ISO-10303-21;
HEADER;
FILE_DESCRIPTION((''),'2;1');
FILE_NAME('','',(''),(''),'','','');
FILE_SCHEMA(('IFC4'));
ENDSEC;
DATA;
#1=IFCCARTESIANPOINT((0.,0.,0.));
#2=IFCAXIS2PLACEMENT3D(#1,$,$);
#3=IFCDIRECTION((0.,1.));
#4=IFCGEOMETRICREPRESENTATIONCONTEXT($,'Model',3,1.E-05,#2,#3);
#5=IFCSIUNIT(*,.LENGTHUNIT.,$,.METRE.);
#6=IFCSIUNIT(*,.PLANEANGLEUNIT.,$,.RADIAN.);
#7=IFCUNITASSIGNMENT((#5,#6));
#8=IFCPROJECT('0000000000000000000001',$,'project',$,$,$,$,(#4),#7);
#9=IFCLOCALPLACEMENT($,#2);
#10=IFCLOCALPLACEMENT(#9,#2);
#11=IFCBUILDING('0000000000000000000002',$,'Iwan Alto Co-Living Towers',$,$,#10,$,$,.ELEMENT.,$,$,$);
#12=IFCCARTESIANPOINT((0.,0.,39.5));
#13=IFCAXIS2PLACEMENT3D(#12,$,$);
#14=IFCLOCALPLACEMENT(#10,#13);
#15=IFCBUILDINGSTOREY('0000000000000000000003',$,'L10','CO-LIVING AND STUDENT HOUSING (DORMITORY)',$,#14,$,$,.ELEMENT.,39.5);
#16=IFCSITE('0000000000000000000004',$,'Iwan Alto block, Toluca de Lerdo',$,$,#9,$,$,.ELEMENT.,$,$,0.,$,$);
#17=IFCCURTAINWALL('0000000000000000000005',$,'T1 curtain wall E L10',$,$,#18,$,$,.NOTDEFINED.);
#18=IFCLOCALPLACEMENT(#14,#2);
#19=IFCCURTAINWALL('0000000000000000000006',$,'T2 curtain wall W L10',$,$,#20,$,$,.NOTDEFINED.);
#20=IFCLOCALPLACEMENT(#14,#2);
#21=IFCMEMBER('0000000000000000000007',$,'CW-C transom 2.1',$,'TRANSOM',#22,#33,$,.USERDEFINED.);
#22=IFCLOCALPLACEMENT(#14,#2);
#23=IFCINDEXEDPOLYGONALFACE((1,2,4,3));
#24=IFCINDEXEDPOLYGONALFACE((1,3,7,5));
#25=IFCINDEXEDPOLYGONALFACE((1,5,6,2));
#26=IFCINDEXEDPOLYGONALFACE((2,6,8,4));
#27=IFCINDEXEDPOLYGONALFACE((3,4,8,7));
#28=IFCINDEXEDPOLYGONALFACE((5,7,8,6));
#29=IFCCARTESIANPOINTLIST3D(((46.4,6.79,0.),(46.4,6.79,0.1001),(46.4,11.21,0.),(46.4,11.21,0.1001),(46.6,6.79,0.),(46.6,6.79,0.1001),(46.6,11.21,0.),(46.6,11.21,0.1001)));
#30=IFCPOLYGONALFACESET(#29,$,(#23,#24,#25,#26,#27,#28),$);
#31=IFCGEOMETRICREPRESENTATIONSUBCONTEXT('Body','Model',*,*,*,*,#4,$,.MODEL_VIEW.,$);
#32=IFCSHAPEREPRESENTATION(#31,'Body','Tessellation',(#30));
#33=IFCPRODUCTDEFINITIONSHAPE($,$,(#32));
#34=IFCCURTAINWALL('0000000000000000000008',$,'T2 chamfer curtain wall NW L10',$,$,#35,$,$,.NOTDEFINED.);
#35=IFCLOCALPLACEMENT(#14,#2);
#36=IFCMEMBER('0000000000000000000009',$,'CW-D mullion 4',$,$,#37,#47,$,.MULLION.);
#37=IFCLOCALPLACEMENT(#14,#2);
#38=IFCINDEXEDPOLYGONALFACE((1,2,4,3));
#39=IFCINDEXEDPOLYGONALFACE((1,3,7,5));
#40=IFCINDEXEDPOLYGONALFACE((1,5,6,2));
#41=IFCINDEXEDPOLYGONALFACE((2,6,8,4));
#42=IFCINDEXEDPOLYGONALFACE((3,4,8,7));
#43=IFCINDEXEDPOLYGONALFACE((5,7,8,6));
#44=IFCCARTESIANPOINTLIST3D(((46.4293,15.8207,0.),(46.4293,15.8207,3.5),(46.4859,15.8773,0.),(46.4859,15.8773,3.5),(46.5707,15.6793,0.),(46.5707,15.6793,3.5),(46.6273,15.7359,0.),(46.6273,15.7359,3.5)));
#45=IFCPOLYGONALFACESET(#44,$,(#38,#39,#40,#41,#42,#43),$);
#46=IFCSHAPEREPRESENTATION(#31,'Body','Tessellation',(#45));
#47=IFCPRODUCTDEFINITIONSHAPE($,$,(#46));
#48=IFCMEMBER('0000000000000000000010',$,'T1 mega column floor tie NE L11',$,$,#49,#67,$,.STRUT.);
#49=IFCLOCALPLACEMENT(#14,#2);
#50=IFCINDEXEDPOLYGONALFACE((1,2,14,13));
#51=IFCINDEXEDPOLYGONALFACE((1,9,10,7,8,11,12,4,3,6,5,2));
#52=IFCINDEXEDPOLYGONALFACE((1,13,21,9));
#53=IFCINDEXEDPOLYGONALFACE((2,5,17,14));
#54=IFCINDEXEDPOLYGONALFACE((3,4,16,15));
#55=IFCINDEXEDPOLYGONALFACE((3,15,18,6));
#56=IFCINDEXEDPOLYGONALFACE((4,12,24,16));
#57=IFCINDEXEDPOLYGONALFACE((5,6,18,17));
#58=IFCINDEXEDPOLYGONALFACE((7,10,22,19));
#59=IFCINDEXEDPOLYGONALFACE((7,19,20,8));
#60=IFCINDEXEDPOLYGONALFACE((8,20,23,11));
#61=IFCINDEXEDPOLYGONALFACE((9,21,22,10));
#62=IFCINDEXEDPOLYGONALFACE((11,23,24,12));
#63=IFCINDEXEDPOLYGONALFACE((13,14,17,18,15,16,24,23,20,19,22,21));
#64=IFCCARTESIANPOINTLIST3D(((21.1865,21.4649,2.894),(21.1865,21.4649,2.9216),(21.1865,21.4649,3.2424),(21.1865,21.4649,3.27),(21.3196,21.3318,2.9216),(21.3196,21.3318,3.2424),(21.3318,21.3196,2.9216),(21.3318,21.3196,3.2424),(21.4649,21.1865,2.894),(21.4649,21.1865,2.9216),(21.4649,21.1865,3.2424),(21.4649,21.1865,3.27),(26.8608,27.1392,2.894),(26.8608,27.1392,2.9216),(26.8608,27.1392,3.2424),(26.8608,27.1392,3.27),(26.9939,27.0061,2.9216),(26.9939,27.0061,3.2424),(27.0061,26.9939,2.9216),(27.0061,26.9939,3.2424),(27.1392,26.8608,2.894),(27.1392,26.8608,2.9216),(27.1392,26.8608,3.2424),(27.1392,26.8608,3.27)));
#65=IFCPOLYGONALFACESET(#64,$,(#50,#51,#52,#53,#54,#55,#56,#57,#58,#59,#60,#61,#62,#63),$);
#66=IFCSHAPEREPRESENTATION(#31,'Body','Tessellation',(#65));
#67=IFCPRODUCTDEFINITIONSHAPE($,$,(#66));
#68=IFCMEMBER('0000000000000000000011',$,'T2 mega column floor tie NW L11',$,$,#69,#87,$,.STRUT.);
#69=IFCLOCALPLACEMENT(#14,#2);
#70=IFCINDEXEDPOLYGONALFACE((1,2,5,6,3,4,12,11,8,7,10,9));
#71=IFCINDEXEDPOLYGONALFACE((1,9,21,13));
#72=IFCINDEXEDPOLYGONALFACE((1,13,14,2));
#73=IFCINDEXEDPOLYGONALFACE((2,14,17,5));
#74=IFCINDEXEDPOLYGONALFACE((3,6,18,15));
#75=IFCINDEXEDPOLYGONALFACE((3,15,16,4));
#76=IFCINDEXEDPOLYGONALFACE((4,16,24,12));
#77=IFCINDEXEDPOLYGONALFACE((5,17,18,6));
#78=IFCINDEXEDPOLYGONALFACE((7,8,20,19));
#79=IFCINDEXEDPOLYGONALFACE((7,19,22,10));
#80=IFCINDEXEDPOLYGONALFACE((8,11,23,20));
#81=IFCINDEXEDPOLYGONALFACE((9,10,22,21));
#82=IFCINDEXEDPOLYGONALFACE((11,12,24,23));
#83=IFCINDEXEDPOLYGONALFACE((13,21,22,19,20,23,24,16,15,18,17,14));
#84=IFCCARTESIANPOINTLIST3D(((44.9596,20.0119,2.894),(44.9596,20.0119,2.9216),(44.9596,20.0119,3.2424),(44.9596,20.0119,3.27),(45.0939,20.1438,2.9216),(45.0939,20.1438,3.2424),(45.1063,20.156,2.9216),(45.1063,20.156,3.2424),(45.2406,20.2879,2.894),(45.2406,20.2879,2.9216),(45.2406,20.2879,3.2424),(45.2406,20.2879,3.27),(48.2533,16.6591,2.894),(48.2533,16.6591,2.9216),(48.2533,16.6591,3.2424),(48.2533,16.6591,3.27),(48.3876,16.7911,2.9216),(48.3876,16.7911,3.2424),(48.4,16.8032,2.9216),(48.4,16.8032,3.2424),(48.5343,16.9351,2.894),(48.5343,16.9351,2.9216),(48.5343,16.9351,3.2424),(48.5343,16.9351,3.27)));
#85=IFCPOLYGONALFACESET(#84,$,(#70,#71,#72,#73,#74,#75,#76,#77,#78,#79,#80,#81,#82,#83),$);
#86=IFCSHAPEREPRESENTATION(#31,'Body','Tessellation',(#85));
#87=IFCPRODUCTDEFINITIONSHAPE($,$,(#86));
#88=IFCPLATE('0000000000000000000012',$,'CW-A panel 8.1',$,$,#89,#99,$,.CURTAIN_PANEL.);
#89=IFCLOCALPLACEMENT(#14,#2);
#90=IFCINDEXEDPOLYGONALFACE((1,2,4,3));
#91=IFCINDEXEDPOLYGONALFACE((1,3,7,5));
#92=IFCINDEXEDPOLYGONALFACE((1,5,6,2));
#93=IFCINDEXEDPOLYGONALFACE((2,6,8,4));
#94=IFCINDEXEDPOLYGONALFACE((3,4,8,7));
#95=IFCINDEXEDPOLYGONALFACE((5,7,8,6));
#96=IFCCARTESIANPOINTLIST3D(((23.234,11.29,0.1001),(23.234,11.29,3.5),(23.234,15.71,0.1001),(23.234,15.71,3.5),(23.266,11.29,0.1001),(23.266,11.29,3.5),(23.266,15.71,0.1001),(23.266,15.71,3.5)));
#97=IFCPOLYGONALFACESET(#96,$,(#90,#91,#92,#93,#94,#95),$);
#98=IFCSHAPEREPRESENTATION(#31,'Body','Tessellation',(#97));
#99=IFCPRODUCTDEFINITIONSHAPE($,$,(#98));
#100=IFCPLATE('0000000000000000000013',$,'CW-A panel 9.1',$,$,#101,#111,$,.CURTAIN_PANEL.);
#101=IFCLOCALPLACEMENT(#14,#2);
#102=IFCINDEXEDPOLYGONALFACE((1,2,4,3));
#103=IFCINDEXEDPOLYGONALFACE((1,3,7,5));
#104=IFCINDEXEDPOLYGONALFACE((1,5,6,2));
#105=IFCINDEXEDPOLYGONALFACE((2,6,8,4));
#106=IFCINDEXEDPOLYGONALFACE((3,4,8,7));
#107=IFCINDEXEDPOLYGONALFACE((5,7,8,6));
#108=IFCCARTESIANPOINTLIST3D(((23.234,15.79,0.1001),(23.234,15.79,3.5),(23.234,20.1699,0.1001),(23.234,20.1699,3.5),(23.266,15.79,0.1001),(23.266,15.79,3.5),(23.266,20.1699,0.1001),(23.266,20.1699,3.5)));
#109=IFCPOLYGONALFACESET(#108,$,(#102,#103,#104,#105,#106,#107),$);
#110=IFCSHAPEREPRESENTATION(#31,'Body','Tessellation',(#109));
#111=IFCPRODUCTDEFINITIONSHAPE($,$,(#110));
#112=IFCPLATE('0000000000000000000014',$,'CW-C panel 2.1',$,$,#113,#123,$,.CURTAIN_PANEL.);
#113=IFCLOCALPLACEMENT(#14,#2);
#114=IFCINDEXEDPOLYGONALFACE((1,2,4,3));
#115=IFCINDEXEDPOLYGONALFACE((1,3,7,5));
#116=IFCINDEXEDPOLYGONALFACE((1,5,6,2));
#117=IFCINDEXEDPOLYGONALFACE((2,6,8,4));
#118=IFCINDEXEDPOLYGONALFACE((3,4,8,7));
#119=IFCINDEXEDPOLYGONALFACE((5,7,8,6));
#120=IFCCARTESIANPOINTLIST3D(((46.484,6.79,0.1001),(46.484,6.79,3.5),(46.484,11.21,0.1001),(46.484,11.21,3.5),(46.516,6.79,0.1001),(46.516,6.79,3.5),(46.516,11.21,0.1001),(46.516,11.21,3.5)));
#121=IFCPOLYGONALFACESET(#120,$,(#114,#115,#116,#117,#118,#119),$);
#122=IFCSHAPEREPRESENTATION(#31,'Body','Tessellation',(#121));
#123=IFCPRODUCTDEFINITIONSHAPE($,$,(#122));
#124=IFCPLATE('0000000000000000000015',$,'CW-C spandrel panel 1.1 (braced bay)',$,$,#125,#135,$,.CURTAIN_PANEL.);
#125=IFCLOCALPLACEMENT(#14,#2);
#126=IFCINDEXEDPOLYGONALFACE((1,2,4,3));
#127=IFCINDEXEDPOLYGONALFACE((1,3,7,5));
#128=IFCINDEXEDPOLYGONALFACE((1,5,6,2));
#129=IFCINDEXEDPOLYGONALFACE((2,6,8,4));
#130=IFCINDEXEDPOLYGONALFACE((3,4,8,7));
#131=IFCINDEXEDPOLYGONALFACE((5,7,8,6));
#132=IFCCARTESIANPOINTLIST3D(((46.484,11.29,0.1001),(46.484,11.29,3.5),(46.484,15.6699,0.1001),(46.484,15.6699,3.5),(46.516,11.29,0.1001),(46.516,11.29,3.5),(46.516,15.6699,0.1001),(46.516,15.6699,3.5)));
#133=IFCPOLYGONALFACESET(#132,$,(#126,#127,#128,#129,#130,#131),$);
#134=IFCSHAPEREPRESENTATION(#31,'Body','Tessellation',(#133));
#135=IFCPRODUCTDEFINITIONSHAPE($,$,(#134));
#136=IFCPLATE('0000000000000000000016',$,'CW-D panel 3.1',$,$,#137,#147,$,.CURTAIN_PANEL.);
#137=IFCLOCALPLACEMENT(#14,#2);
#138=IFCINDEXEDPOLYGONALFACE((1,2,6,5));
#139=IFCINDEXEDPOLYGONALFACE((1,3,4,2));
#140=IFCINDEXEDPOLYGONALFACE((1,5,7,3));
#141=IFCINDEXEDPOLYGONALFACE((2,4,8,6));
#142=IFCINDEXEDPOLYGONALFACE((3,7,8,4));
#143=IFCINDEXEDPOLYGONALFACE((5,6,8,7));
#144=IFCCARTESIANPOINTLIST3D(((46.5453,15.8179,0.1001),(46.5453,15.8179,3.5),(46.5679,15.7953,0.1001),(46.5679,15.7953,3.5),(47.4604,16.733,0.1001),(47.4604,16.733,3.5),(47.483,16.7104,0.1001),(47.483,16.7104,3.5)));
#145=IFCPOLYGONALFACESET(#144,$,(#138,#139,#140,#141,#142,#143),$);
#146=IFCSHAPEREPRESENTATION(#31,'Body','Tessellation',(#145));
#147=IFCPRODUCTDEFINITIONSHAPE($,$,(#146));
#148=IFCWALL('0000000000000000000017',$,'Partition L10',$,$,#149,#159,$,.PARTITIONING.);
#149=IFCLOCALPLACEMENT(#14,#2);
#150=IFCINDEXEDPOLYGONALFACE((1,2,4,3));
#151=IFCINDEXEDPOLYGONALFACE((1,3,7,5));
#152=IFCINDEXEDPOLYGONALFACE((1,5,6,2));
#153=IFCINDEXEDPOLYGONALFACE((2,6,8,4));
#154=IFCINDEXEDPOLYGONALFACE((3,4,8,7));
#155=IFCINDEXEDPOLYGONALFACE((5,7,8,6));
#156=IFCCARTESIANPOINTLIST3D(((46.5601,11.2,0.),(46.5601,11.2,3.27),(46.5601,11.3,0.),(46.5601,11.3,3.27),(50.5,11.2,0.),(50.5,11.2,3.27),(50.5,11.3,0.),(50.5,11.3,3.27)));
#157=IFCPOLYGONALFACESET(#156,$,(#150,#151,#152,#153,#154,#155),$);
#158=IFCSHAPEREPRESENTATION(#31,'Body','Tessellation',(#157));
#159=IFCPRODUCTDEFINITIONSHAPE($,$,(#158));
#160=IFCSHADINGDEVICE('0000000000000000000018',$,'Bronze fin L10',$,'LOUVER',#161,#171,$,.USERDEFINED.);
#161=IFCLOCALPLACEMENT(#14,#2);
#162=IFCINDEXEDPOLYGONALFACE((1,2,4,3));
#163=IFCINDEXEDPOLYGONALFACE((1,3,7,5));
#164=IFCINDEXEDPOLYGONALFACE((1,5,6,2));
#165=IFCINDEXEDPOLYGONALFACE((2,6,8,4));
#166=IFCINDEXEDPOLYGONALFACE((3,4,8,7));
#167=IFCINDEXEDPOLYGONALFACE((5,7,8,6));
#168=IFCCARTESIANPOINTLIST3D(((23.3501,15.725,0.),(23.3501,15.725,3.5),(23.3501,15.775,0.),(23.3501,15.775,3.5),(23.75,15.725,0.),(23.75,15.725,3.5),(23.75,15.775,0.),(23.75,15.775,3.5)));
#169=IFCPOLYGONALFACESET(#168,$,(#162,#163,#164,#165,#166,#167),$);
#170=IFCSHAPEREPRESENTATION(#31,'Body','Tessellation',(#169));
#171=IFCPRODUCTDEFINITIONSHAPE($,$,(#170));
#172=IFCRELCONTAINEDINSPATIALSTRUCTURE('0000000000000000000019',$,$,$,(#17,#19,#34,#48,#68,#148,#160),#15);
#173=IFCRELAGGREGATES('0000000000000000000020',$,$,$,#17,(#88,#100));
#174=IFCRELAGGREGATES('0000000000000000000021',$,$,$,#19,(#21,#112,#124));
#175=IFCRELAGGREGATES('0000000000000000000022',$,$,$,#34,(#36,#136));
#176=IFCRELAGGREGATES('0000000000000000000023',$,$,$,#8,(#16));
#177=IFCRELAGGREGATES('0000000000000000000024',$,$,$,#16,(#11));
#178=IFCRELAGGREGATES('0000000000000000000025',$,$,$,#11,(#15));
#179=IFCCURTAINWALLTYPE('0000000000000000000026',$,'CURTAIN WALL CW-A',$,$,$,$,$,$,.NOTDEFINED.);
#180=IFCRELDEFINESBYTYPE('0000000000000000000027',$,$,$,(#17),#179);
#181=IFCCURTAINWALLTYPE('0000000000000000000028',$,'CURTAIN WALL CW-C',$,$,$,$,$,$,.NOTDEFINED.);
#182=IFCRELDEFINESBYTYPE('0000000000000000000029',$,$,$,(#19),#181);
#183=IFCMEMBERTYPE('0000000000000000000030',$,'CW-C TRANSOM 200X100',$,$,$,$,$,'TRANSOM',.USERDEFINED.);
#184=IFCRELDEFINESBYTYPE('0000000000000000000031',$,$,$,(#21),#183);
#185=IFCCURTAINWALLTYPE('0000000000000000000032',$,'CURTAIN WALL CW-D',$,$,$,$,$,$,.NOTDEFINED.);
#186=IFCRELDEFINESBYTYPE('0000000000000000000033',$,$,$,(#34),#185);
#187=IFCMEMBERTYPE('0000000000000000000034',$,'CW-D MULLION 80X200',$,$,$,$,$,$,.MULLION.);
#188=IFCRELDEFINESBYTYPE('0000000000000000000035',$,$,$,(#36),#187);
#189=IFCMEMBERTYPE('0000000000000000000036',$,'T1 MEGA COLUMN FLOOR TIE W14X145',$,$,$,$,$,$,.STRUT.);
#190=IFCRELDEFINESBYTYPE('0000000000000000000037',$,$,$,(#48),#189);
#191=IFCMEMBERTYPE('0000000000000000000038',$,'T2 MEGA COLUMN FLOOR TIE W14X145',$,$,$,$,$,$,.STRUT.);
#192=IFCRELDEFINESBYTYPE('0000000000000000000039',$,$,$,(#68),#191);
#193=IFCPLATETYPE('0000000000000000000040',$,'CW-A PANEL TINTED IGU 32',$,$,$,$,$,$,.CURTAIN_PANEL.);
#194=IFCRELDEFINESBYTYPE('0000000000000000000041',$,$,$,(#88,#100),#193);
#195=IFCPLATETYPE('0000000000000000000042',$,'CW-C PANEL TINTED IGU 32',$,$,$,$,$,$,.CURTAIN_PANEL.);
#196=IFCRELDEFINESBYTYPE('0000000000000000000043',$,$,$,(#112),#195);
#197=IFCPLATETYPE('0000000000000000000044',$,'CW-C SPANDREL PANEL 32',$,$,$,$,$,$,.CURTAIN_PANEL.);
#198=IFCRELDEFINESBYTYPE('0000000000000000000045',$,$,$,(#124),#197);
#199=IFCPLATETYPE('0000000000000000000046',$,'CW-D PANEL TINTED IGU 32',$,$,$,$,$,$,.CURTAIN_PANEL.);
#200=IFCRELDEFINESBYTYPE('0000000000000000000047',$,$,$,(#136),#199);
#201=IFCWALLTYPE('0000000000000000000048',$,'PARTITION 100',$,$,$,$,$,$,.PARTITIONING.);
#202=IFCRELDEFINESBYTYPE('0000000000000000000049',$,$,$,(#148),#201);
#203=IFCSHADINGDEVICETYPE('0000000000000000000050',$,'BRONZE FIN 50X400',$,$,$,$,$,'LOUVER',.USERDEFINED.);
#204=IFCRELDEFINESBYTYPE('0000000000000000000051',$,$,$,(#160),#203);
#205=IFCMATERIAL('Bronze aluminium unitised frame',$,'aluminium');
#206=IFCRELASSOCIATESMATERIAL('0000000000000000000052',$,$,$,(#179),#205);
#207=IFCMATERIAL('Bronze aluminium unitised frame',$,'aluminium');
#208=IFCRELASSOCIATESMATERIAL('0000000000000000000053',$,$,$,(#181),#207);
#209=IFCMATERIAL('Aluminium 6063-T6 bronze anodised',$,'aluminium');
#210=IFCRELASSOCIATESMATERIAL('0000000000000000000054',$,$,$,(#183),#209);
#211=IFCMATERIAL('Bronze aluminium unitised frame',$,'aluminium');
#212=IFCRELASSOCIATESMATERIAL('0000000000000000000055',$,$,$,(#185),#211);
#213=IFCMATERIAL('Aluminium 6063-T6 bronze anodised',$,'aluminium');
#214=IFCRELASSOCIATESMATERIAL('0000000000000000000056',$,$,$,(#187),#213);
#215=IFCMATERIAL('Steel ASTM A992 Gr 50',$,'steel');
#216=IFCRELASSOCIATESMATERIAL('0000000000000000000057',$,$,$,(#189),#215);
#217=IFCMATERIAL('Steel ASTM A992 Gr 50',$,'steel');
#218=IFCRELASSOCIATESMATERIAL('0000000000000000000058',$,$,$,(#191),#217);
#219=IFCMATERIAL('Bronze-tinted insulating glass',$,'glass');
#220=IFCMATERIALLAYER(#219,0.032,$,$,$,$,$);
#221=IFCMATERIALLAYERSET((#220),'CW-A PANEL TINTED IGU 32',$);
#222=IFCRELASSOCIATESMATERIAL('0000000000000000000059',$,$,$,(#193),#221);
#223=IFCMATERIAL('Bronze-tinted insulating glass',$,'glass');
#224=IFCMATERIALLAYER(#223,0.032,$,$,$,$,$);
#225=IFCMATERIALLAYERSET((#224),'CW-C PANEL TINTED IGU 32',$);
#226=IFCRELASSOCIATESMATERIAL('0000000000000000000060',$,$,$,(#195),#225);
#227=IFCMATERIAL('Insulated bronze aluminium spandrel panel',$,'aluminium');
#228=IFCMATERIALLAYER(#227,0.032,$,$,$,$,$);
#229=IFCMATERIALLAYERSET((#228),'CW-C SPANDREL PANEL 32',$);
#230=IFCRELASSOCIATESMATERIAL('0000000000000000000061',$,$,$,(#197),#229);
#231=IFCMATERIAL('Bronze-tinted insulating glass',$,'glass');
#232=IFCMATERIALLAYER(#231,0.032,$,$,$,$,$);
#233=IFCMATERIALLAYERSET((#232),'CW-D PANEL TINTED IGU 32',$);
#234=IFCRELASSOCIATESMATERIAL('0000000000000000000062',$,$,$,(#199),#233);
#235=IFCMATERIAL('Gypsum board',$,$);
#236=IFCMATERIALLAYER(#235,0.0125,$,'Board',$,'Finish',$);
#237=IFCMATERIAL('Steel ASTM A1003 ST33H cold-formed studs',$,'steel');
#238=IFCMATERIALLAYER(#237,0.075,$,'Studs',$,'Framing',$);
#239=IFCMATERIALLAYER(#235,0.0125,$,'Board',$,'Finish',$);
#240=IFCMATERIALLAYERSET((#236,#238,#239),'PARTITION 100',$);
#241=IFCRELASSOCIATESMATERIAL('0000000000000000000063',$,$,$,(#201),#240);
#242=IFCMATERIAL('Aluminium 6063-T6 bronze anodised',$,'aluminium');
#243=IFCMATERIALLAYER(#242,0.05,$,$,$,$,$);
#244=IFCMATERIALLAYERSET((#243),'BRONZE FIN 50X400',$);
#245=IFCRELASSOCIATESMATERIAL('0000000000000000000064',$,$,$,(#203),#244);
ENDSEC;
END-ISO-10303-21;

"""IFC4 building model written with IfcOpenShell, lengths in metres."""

from ifc_helpers import new_model, si_unit, direction, frame, frame_2d, origin, origin_2d, place, context, subcontext, project, spatial, rectangle, i_section, extrude, material, layer, layer_set, material_profile, profile_set, type_object, element, aggregate, save


model = new_model("IFC4")

# Units and contexts
model_context = context("Model", 3, precision=1e-05, world=origin(), true_north=direction((0.0, 1.0)))
body_context = subcontext(model_context, "Body", "Model", "MODEL_VIEW")
ifc_project = project(units=[si_unit("LENGTHUNIT", "METRE"), si_unit("PLANEANGLEUNIT", "RADIAN")], contexts=[model_context])

# Site, building, storey
site_placement = place(None, origin())
site = spatial("IfcSite", under=ifc_project, at=site_placement, Name="Iwan Alto block, Toluca de Lerdo", CompositionType="ELEMENT", RefElevation=0.0)
building_placement = place(site_placement, origin())
building = spatial("IfcBuilding", under=site, at=building_placement, Name="Iwan Alto Co-Living Towers", CompositionType="ELEMENT")
storey_placement = place(building_placement, frame((0.0, 0.0, 39.5)))
storey = spatial("IfcBuildingStorey", under=building, at=storey_placement, Name="L10", Description="CO-LIVING AND STUDENT HOUSING (DORMITORY)", CompositionType="ELEMENT", Elevation=39.5)

# Curtain walls, member
ifc_material_1 = material(Name="Bronze aluminium unitised frame", Category="aluminium")
curtain_wall_type_1 = type_object("IfcCurtainWallType", Name="CURTAIN WALL CW-A", PredefinedType="NOTDEFINED", material=ifc_material_1)
curtain_wall_1_placement = place(storey_placement, origin())
curtain_wall_1 = element("IfcCurtainWall", 1, at=curtain_wall_1_placement, inside=storey, type_object=curtain_wall_type_1, Name="T1 curtain wall E L10", PredefinedType="NOTDEFINED")
ifc_material_2 = material(Name="Bronze aluminium unitised frame", Category="aluminium")
curtain_wall_type_2 = type_object("IfcCurtainWallType", Name="CURTAIN WALL CW-C", PredefinedType="NOTDEFINED", material=ifc_material_2)
curtain_wall_2_placement = place(storey_placement, origin())
curtain_wall_2 = element("IfcCurtainWall", 2, at=curtain_wall_2_placement, inside=storey, type_object=curtain_wall_type_2, Name="T2 curtain wall W L10", PredefinedType="NOTDEFINED")
ifc_material_3 = material(Name="Aluminium 6063-T6 bronze anodised", Category="aluminium")
ifc_material_profile_1 = material_profile(ifc_material_3, rectangle(XDim=0.2, YDim=0.1001, at=origin_2d()), Name="AL 200X100")
ifc_profile_set_1 = profile_set([ifc_material_profile_1], Name="Aluminium 6063-T6 bronze anodised")
member_type_1 = type_object("IfcMemberType", Name="CW-C TRANSOM 200X100", ElementType="TRANSOM", PredefinedType="USERDEFINED", material=ifc_profile_set_1)
member_1_placement = place(storey_placement, frame((46.5, 11.21, 0.05), z_axis=(0.0, -1.0, 0.0), x_axis=(1.0, 0.0, 0.0)))
member_1 = element("IfcMember", 3, at=member_1_placement, type_object=member_type_1, Name="CW-C transom 2.1", ObjectType="TRANSOM", PredefinedType="USERDEFINED", context=body_context, shape_type="SweptSolid", body=[
    extrude(rectangle(XDim=0.2, YDim=0.1001, at=origin_2d()), origin(), (0.0, 0.0, 1.0), 4.4199),
])

# Curtain wall, member
ifc_material_4 = material(Name="Bronze aluminium unitised frame", Category="aluminium")
curtain_wall_type_3 = type_object("IfcCurtainWallType", Name="CURTAIN WALL CW-D", PredefinedType="NOTDEFINED", material=ifc_material_4)
curtain_wall_3_placement = place(storey_placement, origin())
curtain_wall_3 = element("IfcCurtainWall", 4, at=curtain_wall_3_placement, inside=storey, type_object=curtain_wall_type_3, Name="T2 chamfer curtain wall NW L10", PredefinedType="NOTDEFINED")
ifc_material_5 = material(Name="Aluminium 6063-T6 bronze anodised", Category="aluminium")
ifc_material_profile_2 = material_profile(ifc_material_5, rectangle(XDim=0.2, YDim=0.0801, at=origin_2d()), Name="AL 80X200")
ifc_profile_set_2 = profile_set([ifc_material_profile_2], Name="Aluminium 6063-T6 bronze anodised")
member_type_2 = type_object("IfcMemberType", Name="CW-D MULLION 80X200", PredefinedType="MULLION", material=ifc_profile_set_2)
member_2_placement = place(storey_placement, frame((46.5283, 15.7783, 0.0), z_axis=(0.0, 0.0, 1.0), x_axis=(0.707107, -0.707107, 0.0)))
member_2 = element("IfcMember", 5, at=member_2_placement, type_object=member_type_2, Name="CW-D mullion 4", PredefinedType="MULLION", context=body_context, shape_type="SweptSolid", body=[
    extrude(rectangle(XDim=0.2, YDim=0.0801, at=origin_2d()), origin(), (0.0, 0.0, 1.0), 3.5),
])

# Members
ifc_material_6 = material(Name="Steel ASTM A992 Gr 50", Category="steel")
ifc_material_profile_3 = material_profile(ifc_material_6, i_section(OverallWidth=0.3938, OverallDepth=0.376, WebThickness=0.0173, FlangeThickness=0.0276, at=origin_2d()), Name="W14X145")
ifc_profile_set_3 = profile_set([ifc_material_profile_3], Name="Steel ASTM A992 Gr 50")
member_type_3 = type_object("IfcMemberType", Name="T1 MEGA COLUMN FLOOR TIE W14X145", PredefinedType="STRUT", material=ifc_profile_set_3)
member_3_placement = place(storey_placement, frame((27.0, 27.0, 3.082), z_axis=(-0.707107, -0.707107, 0.0), x_axis=(0.707107, -0.707107, 0.0)))
element("IfcMember", 6, at=member_3_placement, inside=storey, type_object=member_type_3, Name="T1 mega column floor tie NE L11", PredefinedType="STRUT", context=body_context, shape_type="SweptSolid", body=[
    extrude(i_section(OverallWidth=0.3938, OverallDepth=0.376, WebThickness=0.0173, FlangeThickness=0.0276, at=origin_2d()), origin(), (0.0, 0.0, 1.0), 8.0247),
])
ifc_material_7 = material(Name="Steel ASTM A992 Gr 50", Category="steel")
ifc_material_profile_4 = material_profile(ifc_material_7, i_section(OverallWidth=0.3938, OverallDepth=0.376, WebThickness=0.0173, FlangeThickness=0.0276, at=origin_2d()), Name="W14X145")
ifc_profile_set_4 = profile_set([ifc_material_profile_4], Name="Steel ASTM A992 Gr 50")
member_type_4 = type_object("IfcMemberType", Name="T2 MEGA COLUMN FLOOR TIE W14X145", PredefinedType="STRUT", material=ifc_profile_set_4)
member_4_placement = place(storey_placement, frame((45.1001, 20.1499, 3.082), z_axis=(0.700793, -0.713364, 0.0), x_axis=(0.713364, 0.700793, 0.0)))
element("IfcMember", 7, at=member_4_placement, inside=storey, type_object=member_type_4, Name="T2 mega column floor tie NW L11", PredefinedType="STRUT", context=body_context, shape_type="SweptSolid", body=[
    extrude(i_section(OverallWidth=0.3938, OverallDepth=0.376, WebThickness=0.0173, FlangeThickness=0.0276, at=origin_2d()), origin(), (0.0, 0.0, 1.0), 4.7),
])

# Plates
ifc_material_8 = material(Name="Bronze-tinted insulating glass", Category="glass")
ifc_layer_1 = layer(ifc_material_8, 0.032)
ifc_layer_set_1 = layer_set([ifc_layer_1], Name="CW-A PANEL TINTED IGU 32")
plate_type_1 = type_object("IfcPlateType", Name="CW-A PANEL TINTED IGU 32", PredefinedType="CURTAIN_PANEL", material=ifc_layer_set_1)
plate_1_placement = place(storey_placement, frame((23.25, 13.5, 0.1001), z_axis=(0.0, 0.0, 1.0), x_axis=(0.0, 1.0, 0.0)))
plate_1 = element("IfcPlate", 8, at=plate_1_placement, type_object=plate_type_1, Name="CW-A panel 8.1", PredefinedType="CURTAIN_PANEL", context=body_context, shape_type="SweptSolid", body=[
    extrude(rectangle(XDim=4.4199, YDim=0.032, at=origin_2d()), origin(), (0.0, 0.0, 1.0), 3.3999),
])
plate_2_placement = place(storey_placement, frame((23.25, 17.98, 0.1001), z_axis=(0.0, 0.0, 1.0), x_axis=(0.0, 1.0, 0.0)))
plate_2 = element("IfcPlate", 9, at=plate_2_placement, type_object=plate_type_1, Name="CW-A panel 9.1", PredefinedType="CURTAIN_PANEL", context=body_context, shape_type="SweptSolid", body=[
    extrude(rectangle(XDim=4.3799, YDim=0.032, at=origin_2d()), origin(), (0.0, 0.0, 1.0), 3.3999),
])
aggregate(curtain_wall_1, [plate_1, plate_2])
ifc_material_9 = material(Name="Bronze-tinted insulating glass", Category="glass")
ifc_layer_2 = layer(ifc_material_9, 0.032)
ifc_layer_set_2 = layer_set([ifc_layer_2], Name="CW-C PANEL TINTED IGU 32")
plate_type_2 = type_object("IfcPlateType", Name="CW-C PANEL TINTED IGU 32", PredefinedType="CURTAIN_PANEL", material=ifc_layer_set_2)
plate_3_placement = place(storey_placement, frame((46.5, 9.0, 0.1001), z_axis=(0.0, 0.0, 1.0), x_axis=(0.0, -1.0, 0.0)))
plate_3 = element("IfcPlate", 10, at=plate_3_placement, type_object=plate_type_2, Name="CW-C panel 2.1", PredefinedType="CURTAIN_PANEL", context=body_context, shape_type="SweptSolid", body=[
    extrude(rectangle(XDim=4.4199, YDim=0.032, at=origin_2d()), origin(), (0.0, 0.0, 1.0), 3.3999),
])
ifc_material_10 = material(Name="Insulated bronze aluminium spandrel panel", Category="aluminium")
ifc_layer_3 = layer(ifc_material_10, 0.032)
ifc_layer_set_3 = layer_set([ifc_layer_3], Name="CW-C SPANDREL PANEL 32")
plate_type_3 = type_object("IfcPlateType", Name="CW-C SPANDREL PANEL 32", PredefinedType="CURTAIN_PANEL", material=ifc_layer_set_3)
plate_4_placement = place(storey_placement, frame((46.5, 13.48, 0.1001), z_axis=(0.0, 0.0, 1.0), x_axis=(0.0, -1.0, 0.0)))
plate_4 = element("IfcPlate", 11, at=plate_4_placement, type_object=plate_type_3, Name="CW-C spandrel panel 1.1 (braced bay)", PredefinedType="CURTAIN_PANEL", context=body_context, shape_type="SweptSolid", body=[
    extrude(rectangle(XDim=4.3799, YDim=0.032, at=origin_2d()), origin(), (0.0, 0.0, 1.0), 3.3999),
])
aggregate(curtain_wall_2, [member_1, plate_3, plate_4])
ifc_material_11 = material(Name="Bronze-tinted insulating glass", Category="glass")
ifc_layer_4 = layer(ifc_material_11, 0.032)
ifc_layer_set_4 = layer_set([ifc_layer_4], Name="CW-D PANEL TINTED IGU 32")
plate_type_4 = type_object("IfcPlateType", Name="CW-D PANEL TINTED IGU 32", PredefinedType="CURTAIN_PANEL", material=ifc_layer_set_4)
plate_5_placement = place(storey_placement, frame((47.0142, 16.2642, 0.1001), z_axis=(0.0, 0.0, 1.0), x_axis=(-0.707107, -0.707107, 0.0)))
plate_5 = element("IfcPlate", 12, at=plate_5_placement, type_object=plate_type_4, Name="CW-D panel 3.1", PredefinedType="CURTAIN_PANEL", context=body_context, shape_type="SweptSolid", body=[
    extrude(rectangle(XDim=1.2942, YDim=0.032, at=origin_2d()), origin(), (0.0, 0.0, 1.0), 3.3999),
])
aggregate(curtain_wall_3, [member_2, plate_5])

# Wall
ifc_material_12 = material(Name="Gypsum board")
ifc_layer_5 = layer(ifc_material_12, 0.0125, Name="Board", Category="Finish")
ifc_material_13 = material(Name="Steel ASTM A1003 ST33H cold-formed studs", Category="steel")
ifc_layer_6 = layer(ifc_material_13, 0.075, Name="Studs", Category="Framing")
ifc_layer_7 = layer(ifc_material_12, 0.0125, Name="Board", Category="Finish")
ifc_layer_set_5 = layer_set([ifc_layer_5, ifc_layer_6, ifc_layer_7], Name="PARTITION 100")
wall_type = type_object("IfcWallType", Name="PARTITION 100", PredefinedType="PARTITIONING", material=ifc_layer_set_5)
wall_placement = place(storey_placement, frame((46.5601, 11.25, 0.0), z_axis=(0.0, 0.0, 1.0), x_axis=(1.0, 0.0, 0.0)))
element("IfcWall", 13, at=wall_placement, inside=storey, type_object=wall_type, Name="Partition L10", PredefinedType="PARTITIONING", context=body_context, shape_type="SweptSolid", body=[
    extrude(rectangle(XDim=3.9399, YDim=0.1001, at=frame_2d((1.97, 0.0))), origin(), (0.0, 0.0, 1.0), 3.27),
])

# Shading device
ifc_material_14 = material(Name="Aluminium 6063-T6 bronze anodised", Category="aluminium")
ifc_layer_8 = layer(ifc_material_14, 0.05)
ifc_layer_set_6 = layer_set([ifc_layer_8], Name="BRONZE FIN 50X400")
shading_device_type = type_object("IfcShadingDeviceType", Name="BRONZE FIN 50X400", ElementType="LOUVER", PredefinedType="USERDEFINED", material=ifc_layer_set_6)
shading_device_placement = place(storey_placement, frame((23.55, 15.75, 0.0), z_axis=(0.0, 0.0, 1.0), x_axis=(0.0, 1.0, 0.0)))
element("IfcShadingDevice", 14, at=shading_device_placement, inside=storey, type_object=shading_device_type, Name="Bronze fin L10", ObjectType="LOUVER", PredefinedType="USERDEFINED", context=body_context, shape_type="SweptSolid", body=[
    extrude(rectangle(XDim=0.05, YDim=0.3999, at=origin_2d()), origin(), (0.0, 0.0, 1.0), 3.5),
])

save(model, "model.ifc")
